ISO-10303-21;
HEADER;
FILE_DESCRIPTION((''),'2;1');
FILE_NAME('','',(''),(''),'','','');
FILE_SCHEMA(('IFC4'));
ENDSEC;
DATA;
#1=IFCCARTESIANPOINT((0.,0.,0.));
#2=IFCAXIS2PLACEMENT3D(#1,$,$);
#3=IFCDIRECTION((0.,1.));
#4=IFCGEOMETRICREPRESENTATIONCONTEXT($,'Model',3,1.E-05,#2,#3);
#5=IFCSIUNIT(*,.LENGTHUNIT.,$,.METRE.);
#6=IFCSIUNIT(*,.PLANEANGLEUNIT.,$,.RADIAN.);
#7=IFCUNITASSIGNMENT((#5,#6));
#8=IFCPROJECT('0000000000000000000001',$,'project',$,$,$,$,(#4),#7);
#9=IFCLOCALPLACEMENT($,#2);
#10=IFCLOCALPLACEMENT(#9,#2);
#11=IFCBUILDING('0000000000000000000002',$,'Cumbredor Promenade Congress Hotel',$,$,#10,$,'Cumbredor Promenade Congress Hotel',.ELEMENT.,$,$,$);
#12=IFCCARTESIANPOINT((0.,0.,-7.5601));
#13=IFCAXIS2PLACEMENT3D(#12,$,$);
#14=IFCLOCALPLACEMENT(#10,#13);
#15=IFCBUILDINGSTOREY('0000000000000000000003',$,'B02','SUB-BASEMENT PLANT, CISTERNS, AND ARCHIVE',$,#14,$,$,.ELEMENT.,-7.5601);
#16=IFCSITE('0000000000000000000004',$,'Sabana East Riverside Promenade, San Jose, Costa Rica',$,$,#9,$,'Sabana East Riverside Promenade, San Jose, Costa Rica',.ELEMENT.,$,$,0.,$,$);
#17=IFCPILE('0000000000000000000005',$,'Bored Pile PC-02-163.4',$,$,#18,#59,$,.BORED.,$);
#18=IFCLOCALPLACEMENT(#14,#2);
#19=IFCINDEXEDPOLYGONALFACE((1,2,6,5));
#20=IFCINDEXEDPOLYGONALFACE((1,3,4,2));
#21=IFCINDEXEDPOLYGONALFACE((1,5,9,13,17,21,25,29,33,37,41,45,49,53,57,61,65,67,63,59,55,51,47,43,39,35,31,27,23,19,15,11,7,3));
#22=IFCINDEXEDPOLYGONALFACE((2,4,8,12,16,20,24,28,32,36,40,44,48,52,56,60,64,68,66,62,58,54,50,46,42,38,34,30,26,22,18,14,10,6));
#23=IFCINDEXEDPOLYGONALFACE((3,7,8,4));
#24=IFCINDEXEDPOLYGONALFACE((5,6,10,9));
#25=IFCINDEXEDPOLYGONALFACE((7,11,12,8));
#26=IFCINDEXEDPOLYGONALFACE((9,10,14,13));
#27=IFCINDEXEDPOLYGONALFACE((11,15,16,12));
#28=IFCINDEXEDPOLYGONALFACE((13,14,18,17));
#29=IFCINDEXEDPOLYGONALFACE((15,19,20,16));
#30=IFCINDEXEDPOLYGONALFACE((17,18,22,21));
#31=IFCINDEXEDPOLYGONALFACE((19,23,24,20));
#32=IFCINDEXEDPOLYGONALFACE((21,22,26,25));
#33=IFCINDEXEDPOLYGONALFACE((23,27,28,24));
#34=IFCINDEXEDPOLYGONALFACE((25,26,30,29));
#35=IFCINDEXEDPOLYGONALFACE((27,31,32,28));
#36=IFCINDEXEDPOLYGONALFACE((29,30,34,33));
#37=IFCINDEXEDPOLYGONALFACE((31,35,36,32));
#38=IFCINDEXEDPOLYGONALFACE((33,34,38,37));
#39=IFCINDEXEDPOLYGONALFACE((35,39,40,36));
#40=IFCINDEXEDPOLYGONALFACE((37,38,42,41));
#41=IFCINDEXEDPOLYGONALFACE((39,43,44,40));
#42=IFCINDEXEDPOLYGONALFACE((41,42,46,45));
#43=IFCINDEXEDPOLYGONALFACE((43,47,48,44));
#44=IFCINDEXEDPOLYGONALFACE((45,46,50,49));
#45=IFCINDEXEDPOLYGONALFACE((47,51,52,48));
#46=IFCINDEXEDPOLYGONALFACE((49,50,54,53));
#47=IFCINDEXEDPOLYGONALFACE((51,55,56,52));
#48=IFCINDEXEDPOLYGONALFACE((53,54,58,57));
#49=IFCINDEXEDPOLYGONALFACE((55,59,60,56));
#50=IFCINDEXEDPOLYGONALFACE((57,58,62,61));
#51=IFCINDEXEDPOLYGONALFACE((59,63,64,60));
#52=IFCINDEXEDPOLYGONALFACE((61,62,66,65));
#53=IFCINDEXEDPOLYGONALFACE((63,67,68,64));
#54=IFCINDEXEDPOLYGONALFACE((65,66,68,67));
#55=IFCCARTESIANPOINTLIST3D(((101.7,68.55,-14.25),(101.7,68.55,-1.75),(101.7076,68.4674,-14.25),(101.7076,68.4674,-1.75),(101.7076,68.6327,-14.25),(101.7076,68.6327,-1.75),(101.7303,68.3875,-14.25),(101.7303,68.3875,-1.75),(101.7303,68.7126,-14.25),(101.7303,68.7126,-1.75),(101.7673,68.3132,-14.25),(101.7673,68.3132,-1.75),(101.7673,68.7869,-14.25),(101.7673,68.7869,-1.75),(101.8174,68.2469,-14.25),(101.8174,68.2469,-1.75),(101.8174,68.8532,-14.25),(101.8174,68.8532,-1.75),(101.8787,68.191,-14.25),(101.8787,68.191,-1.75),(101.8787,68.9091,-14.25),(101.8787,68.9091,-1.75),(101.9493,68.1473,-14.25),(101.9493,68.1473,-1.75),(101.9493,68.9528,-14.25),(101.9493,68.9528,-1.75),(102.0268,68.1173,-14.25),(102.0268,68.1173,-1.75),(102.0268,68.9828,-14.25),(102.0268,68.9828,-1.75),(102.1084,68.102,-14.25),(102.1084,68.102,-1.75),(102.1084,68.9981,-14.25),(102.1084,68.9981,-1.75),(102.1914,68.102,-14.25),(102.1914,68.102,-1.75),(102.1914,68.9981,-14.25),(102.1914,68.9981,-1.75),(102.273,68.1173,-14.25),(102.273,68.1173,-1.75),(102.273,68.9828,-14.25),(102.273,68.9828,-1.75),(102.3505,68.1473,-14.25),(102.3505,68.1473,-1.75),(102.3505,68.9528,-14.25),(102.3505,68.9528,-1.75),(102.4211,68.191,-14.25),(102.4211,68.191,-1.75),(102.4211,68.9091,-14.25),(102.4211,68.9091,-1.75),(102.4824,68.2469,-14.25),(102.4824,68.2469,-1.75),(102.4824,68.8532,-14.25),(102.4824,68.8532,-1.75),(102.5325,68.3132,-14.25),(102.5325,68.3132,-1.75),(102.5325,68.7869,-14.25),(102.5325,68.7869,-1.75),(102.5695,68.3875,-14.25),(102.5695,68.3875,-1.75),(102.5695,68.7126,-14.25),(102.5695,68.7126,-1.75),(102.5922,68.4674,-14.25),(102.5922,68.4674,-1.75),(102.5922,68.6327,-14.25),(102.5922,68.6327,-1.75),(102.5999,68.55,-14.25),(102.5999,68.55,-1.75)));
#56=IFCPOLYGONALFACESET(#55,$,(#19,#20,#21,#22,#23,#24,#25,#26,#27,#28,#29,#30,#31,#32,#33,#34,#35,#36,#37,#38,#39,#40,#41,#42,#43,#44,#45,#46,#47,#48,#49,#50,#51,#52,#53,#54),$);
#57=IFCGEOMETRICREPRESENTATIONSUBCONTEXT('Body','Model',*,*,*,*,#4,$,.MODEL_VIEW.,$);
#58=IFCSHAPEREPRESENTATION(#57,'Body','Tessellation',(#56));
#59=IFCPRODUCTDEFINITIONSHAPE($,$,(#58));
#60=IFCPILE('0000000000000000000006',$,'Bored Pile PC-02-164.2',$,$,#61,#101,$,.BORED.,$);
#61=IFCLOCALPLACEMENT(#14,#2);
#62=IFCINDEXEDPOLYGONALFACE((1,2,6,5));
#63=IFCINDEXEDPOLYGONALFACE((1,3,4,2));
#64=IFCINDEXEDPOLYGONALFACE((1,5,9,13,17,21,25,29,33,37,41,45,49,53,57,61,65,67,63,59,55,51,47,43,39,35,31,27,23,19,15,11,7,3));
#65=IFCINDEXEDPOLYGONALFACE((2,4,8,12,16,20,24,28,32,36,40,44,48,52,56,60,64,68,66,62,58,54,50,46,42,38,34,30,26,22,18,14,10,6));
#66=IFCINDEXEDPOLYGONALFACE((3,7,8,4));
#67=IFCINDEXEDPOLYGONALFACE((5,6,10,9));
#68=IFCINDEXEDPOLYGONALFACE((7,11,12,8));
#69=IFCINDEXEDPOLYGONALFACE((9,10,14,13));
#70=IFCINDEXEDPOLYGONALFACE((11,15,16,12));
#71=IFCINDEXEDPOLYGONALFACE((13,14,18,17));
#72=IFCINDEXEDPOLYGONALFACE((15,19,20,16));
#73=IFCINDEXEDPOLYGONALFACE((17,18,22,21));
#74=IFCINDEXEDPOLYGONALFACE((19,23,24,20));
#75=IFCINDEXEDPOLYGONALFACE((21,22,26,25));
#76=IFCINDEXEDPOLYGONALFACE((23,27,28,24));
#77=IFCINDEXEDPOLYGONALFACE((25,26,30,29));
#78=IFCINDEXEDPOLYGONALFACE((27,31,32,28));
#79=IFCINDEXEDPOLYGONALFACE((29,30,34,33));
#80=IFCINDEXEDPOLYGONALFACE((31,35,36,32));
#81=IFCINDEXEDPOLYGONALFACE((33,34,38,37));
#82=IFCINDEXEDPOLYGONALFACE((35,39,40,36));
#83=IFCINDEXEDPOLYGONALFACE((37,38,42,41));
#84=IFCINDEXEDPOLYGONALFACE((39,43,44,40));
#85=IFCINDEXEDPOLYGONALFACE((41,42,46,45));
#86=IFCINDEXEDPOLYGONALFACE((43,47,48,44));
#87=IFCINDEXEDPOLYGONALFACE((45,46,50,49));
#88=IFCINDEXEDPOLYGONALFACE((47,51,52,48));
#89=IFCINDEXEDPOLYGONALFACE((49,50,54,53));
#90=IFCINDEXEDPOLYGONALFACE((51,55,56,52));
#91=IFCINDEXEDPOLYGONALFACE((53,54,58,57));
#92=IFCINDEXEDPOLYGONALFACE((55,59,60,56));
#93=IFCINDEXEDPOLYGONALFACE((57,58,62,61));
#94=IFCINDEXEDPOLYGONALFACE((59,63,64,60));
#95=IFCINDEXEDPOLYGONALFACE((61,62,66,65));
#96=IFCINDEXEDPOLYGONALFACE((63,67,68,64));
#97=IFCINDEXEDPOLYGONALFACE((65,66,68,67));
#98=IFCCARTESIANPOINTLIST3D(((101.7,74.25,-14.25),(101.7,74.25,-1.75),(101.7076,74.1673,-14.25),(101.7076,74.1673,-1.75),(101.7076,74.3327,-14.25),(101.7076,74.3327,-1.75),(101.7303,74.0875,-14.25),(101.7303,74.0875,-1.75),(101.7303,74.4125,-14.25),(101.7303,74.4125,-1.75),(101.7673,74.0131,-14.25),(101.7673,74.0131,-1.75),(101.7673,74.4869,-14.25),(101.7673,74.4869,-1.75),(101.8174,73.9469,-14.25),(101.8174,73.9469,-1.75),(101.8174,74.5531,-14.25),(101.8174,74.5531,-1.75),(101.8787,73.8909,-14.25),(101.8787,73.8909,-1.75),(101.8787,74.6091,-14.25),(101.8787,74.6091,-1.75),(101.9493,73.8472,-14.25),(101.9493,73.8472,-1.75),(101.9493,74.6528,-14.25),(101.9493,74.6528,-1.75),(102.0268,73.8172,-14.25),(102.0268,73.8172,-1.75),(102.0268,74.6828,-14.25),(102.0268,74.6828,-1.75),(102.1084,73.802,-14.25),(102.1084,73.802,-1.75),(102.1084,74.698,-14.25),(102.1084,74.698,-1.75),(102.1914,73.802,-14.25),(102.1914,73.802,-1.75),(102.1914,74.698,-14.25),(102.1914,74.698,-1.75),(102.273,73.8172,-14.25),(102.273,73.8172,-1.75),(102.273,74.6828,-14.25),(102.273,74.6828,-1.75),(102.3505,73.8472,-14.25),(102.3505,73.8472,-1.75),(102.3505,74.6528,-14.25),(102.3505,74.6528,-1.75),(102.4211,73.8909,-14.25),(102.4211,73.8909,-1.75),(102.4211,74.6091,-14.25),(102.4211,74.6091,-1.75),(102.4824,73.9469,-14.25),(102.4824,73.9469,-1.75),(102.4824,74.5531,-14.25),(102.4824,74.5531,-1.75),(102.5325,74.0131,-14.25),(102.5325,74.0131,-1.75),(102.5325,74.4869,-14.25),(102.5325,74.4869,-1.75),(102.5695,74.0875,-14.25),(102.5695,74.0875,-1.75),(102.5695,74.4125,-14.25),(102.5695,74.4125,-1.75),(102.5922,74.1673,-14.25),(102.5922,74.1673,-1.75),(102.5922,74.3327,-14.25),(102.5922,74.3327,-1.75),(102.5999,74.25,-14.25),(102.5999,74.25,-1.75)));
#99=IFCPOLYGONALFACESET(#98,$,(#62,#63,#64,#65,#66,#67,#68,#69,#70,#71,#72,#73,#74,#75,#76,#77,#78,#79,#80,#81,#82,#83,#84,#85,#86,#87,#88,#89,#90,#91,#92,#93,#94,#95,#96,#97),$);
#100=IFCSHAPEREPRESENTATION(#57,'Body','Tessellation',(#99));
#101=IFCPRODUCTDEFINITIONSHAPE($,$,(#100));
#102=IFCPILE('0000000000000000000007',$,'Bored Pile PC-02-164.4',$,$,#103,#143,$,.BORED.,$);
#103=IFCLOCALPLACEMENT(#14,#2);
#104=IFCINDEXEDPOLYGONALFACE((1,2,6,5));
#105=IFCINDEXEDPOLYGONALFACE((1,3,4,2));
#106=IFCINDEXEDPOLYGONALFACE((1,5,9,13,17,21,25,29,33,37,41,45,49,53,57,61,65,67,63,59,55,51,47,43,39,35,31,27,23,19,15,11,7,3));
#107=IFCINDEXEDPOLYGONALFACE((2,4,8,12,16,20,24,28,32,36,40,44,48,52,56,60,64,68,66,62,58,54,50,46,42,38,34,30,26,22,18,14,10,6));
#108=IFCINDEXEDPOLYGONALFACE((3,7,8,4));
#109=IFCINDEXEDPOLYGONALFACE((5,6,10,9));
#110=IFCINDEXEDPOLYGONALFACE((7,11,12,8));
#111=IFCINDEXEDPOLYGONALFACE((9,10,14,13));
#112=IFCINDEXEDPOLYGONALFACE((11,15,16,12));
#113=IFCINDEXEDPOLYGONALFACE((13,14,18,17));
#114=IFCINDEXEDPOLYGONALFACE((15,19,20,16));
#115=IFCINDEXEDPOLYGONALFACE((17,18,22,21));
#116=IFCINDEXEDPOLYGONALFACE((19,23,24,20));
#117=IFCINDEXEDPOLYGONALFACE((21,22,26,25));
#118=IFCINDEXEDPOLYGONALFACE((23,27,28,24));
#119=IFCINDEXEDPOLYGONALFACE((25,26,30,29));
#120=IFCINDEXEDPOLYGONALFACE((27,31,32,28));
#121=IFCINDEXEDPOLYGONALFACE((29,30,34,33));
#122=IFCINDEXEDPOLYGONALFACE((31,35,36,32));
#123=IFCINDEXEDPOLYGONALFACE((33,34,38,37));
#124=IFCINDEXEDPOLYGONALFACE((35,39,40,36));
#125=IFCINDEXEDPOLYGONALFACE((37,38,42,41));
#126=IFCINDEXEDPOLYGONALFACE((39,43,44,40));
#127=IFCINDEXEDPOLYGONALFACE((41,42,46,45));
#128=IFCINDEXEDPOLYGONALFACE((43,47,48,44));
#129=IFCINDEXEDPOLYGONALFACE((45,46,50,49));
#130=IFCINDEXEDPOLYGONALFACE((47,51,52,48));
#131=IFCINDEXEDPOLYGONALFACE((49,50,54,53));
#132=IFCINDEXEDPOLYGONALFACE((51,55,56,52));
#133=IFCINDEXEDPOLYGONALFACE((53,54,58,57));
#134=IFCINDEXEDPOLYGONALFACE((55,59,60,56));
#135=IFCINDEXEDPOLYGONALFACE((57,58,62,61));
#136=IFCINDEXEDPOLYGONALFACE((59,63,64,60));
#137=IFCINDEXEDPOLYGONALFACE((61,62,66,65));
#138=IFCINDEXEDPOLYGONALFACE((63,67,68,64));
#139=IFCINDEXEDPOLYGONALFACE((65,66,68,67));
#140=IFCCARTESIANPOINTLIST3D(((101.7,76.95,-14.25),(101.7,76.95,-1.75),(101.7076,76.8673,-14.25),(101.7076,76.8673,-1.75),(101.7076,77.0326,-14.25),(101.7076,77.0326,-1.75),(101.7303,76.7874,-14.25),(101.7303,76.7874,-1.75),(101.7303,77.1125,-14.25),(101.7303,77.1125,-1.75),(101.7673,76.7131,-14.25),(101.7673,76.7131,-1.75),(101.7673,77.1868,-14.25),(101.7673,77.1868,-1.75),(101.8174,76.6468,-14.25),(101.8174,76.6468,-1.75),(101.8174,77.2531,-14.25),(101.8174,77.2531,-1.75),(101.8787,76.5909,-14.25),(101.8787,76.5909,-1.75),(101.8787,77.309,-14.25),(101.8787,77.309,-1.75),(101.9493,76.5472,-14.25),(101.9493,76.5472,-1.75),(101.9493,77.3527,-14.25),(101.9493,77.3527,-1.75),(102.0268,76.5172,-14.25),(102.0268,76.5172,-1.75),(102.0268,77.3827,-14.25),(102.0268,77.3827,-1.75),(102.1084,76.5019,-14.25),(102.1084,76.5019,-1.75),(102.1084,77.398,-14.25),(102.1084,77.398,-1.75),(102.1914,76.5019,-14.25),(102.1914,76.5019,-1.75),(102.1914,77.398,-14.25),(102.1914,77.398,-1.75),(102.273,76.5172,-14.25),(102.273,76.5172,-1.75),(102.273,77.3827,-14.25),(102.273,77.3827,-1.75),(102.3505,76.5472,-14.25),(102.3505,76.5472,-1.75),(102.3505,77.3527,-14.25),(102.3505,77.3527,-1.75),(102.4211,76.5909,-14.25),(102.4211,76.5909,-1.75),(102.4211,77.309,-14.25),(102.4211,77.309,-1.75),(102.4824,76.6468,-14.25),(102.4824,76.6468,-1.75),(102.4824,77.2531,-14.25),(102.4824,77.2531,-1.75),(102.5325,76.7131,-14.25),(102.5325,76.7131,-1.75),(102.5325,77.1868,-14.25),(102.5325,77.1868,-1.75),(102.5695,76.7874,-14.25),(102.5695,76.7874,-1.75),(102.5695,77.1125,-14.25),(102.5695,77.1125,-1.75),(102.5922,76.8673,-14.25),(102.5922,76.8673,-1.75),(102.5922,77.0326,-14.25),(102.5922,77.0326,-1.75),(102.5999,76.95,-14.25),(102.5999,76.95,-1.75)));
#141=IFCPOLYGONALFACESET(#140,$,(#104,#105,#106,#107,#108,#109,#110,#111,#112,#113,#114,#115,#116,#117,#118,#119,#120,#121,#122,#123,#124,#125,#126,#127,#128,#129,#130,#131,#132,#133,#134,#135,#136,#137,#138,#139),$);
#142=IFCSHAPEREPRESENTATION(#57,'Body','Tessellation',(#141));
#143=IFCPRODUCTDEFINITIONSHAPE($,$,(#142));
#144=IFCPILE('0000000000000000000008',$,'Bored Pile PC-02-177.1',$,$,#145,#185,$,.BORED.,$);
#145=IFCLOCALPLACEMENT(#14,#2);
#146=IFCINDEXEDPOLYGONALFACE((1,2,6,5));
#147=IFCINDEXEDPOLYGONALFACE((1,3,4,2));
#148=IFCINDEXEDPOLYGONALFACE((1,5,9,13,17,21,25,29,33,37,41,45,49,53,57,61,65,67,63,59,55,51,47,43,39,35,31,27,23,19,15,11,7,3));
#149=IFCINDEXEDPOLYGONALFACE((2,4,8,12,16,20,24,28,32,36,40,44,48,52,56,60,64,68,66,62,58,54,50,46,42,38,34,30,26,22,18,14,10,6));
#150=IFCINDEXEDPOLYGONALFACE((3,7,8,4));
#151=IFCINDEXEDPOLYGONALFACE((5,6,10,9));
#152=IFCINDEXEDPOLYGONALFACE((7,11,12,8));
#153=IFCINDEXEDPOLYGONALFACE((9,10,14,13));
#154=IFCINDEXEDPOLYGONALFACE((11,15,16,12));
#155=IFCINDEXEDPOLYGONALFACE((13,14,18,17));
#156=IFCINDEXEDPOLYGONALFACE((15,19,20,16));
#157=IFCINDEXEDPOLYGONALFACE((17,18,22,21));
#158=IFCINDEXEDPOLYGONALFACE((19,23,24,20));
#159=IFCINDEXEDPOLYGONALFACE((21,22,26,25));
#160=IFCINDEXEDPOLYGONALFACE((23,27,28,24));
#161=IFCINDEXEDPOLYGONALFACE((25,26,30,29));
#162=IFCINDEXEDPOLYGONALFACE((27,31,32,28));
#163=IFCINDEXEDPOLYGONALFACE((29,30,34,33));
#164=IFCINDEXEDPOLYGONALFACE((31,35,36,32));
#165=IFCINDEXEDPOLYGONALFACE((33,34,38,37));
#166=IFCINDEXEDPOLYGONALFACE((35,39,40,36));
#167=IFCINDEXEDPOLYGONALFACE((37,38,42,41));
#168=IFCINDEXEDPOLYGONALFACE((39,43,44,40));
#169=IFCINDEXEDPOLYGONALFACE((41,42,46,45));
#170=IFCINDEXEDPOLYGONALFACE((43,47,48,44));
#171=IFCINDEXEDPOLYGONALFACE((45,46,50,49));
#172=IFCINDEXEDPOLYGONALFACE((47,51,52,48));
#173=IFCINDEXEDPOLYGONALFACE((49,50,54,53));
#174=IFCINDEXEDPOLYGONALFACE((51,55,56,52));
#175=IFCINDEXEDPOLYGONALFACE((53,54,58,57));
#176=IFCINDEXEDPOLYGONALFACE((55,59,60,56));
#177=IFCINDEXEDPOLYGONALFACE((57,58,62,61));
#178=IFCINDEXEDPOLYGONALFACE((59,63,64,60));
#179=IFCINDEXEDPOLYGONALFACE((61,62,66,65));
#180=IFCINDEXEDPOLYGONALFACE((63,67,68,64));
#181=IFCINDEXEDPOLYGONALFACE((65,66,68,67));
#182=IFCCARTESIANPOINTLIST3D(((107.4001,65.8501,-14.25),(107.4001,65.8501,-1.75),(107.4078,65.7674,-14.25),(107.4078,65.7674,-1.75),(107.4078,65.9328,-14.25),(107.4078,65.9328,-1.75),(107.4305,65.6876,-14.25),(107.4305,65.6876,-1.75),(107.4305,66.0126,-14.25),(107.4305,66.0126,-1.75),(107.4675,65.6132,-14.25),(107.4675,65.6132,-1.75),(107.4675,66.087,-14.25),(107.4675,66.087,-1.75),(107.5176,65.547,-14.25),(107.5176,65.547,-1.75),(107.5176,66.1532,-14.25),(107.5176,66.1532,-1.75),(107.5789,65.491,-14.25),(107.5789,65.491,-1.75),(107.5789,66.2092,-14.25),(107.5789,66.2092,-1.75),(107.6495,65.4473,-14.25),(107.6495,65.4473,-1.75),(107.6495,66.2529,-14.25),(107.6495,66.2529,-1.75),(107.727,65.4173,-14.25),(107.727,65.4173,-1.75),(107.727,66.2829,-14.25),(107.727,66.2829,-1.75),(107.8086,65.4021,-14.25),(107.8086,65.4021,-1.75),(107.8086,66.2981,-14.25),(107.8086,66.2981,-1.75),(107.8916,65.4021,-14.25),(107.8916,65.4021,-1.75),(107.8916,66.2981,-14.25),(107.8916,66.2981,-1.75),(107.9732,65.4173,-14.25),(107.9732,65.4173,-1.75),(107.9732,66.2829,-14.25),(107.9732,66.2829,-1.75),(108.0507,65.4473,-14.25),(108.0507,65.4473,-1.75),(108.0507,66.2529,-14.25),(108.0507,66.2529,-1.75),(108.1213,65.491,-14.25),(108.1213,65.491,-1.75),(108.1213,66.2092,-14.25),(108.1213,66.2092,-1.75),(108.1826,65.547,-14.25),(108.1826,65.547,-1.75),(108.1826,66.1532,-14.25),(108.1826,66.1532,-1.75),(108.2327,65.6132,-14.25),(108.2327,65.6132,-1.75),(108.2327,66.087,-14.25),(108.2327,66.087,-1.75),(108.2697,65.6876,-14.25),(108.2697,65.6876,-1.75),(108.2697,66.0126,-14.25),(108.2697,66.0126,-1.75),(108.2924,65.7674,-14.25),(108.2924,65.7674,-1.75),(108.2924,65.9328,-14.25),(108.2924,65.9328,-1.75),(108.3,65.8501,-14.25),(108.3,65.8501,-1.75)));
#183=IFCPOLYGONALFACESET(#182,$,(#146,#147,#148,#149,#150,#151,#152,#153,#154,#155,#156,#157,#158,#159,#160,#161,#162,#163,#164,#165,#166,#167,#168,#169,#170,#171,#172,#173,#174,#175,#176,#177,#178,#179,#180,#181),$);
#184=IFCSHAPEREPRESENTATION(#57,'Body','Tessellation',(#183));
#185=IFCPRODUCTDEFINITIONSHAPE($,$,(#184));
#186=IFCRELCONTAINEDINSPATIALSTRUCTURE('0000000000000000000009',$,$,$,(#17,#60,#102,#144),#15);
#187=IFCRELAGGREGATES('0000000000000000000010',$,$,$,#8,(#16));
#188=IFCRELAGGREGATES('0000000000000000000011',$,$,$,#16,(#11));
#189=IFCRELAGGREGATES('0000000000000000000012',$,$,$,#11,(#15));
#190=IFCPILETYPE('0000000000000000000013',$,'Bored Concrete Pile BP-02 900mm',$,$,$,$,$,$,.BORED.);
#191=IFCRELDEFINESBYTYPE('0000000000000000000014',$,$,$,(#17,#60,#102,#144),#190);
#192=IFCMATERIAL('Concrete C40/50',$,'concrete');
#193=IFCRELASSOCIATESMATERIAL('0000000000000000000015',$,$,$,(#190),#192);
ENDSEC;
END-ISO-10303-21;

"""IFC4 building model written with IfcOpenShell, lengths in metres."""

from ifc_helpers import new_model, si_unit, direction, frame, origin, origin_2d, place, context, subcontext, project, spatial, circle, extrude, material, material_profile, profile_set, type_object, element, save


model = new_model("IFC4")

# Units and contexts
model_context = context("Model", 3, precision=1e-05, world=origin(), true_north=direction((0.0, 1.0)))
body_context = subcontext(model_context, "Body", "Model", "MODEL_VIEW")
ifc_project = project(units=[si_unit("LENGTHUNIT", "METRE"), si_unit("PLANEANGLEUNIT", "RADIAN")], contexts=[model_context])

# Site, building, storey
site_placement = place(None, origin())
site = spatial("IfcSite", under=ifc_project, at=site_placement, Name="Sabana East Riverside Promenade, San Jose, Costa Rica", LongName="Sabana East Riverside Promenade, San Jose, Costa Rica", CompositionType="ELEMENT", RefElevation=0.0)
building_placement = place(site_placement, origin())
building = spatial("IfcBuilding", under=site, at=building_placement, Name="Cumbredor Promenade Congress Hotel", LongName="Cumbredor Promenade Congress Hotel", CompositionType="ELEMENT")
storey_placement = place(building_placement, frame((0.0, 0.0, -7.5601)))
storey = spatial("IfcBuildingStorey", under=building, at=storey_placement, Name="B02", Description="SUB-BASEMENT PLANT, CISTERNS, AND ARCHIVE", CompositionType="ELEMENT", Elevation=-7.5601)

# Piles
ifc_material_1 = material(Name="Concrete C40/50", Category="concrete")
ifc_material_profile_1 = material_profile(ifc_material_1, circle(Radius=0.45, at=origin_2d()), Name="PILE D900")
ifc_profile_set_1 = profile_set([ifc_material_profile_1], Name="Concrete C40/50")
pile_type = type_object("IfcPileType", Name="Bored Concrete Pile BP-02 900mm", PredefinedType="BORED", material=ifc_profile_set_1)
for number, where, z_axis, x_axis, name in (
    (1, (102.1499, 68.55, -1.75), (0.0, 0.0, -1.0), (1.0, 0.0, 0.0), "Bored Pile PC-02-163.4"),
    (2, (102.1499, 74.25, -1.75), (0.0, 0.0, -1.0), (1.0, 0.0, 0.0), "Bored Pile PC-02-164.2"),
    (3, (102.1499, 76.95, -1.75), (0.0, 0.0, -1.0), (1.0, 0.0, 0.0), "Bored Pile PC-02-164.4"),
    (4, (107.8501, 65.8501, -1.75), (0.0, 0.0, -1.0), (1.0, 0.0, 0.0), "Bored Pile PC-02-177.1"),
):
    element("IfcPile", number, at=place(storey_placement, frame(where, z_axis=z_axis, x_axis=x_axis)), inside=storey, type_object=pile_type, Name=name, PredefinedType="BORED", context=body_context, shape_type="SweptSolid", body=[
        extrude(circle(Radius=0.45, at=origin_2d()), origin(), (0.0, 0.0, 1.0), 12.5),
    ])

save(model, "model.ifc")
